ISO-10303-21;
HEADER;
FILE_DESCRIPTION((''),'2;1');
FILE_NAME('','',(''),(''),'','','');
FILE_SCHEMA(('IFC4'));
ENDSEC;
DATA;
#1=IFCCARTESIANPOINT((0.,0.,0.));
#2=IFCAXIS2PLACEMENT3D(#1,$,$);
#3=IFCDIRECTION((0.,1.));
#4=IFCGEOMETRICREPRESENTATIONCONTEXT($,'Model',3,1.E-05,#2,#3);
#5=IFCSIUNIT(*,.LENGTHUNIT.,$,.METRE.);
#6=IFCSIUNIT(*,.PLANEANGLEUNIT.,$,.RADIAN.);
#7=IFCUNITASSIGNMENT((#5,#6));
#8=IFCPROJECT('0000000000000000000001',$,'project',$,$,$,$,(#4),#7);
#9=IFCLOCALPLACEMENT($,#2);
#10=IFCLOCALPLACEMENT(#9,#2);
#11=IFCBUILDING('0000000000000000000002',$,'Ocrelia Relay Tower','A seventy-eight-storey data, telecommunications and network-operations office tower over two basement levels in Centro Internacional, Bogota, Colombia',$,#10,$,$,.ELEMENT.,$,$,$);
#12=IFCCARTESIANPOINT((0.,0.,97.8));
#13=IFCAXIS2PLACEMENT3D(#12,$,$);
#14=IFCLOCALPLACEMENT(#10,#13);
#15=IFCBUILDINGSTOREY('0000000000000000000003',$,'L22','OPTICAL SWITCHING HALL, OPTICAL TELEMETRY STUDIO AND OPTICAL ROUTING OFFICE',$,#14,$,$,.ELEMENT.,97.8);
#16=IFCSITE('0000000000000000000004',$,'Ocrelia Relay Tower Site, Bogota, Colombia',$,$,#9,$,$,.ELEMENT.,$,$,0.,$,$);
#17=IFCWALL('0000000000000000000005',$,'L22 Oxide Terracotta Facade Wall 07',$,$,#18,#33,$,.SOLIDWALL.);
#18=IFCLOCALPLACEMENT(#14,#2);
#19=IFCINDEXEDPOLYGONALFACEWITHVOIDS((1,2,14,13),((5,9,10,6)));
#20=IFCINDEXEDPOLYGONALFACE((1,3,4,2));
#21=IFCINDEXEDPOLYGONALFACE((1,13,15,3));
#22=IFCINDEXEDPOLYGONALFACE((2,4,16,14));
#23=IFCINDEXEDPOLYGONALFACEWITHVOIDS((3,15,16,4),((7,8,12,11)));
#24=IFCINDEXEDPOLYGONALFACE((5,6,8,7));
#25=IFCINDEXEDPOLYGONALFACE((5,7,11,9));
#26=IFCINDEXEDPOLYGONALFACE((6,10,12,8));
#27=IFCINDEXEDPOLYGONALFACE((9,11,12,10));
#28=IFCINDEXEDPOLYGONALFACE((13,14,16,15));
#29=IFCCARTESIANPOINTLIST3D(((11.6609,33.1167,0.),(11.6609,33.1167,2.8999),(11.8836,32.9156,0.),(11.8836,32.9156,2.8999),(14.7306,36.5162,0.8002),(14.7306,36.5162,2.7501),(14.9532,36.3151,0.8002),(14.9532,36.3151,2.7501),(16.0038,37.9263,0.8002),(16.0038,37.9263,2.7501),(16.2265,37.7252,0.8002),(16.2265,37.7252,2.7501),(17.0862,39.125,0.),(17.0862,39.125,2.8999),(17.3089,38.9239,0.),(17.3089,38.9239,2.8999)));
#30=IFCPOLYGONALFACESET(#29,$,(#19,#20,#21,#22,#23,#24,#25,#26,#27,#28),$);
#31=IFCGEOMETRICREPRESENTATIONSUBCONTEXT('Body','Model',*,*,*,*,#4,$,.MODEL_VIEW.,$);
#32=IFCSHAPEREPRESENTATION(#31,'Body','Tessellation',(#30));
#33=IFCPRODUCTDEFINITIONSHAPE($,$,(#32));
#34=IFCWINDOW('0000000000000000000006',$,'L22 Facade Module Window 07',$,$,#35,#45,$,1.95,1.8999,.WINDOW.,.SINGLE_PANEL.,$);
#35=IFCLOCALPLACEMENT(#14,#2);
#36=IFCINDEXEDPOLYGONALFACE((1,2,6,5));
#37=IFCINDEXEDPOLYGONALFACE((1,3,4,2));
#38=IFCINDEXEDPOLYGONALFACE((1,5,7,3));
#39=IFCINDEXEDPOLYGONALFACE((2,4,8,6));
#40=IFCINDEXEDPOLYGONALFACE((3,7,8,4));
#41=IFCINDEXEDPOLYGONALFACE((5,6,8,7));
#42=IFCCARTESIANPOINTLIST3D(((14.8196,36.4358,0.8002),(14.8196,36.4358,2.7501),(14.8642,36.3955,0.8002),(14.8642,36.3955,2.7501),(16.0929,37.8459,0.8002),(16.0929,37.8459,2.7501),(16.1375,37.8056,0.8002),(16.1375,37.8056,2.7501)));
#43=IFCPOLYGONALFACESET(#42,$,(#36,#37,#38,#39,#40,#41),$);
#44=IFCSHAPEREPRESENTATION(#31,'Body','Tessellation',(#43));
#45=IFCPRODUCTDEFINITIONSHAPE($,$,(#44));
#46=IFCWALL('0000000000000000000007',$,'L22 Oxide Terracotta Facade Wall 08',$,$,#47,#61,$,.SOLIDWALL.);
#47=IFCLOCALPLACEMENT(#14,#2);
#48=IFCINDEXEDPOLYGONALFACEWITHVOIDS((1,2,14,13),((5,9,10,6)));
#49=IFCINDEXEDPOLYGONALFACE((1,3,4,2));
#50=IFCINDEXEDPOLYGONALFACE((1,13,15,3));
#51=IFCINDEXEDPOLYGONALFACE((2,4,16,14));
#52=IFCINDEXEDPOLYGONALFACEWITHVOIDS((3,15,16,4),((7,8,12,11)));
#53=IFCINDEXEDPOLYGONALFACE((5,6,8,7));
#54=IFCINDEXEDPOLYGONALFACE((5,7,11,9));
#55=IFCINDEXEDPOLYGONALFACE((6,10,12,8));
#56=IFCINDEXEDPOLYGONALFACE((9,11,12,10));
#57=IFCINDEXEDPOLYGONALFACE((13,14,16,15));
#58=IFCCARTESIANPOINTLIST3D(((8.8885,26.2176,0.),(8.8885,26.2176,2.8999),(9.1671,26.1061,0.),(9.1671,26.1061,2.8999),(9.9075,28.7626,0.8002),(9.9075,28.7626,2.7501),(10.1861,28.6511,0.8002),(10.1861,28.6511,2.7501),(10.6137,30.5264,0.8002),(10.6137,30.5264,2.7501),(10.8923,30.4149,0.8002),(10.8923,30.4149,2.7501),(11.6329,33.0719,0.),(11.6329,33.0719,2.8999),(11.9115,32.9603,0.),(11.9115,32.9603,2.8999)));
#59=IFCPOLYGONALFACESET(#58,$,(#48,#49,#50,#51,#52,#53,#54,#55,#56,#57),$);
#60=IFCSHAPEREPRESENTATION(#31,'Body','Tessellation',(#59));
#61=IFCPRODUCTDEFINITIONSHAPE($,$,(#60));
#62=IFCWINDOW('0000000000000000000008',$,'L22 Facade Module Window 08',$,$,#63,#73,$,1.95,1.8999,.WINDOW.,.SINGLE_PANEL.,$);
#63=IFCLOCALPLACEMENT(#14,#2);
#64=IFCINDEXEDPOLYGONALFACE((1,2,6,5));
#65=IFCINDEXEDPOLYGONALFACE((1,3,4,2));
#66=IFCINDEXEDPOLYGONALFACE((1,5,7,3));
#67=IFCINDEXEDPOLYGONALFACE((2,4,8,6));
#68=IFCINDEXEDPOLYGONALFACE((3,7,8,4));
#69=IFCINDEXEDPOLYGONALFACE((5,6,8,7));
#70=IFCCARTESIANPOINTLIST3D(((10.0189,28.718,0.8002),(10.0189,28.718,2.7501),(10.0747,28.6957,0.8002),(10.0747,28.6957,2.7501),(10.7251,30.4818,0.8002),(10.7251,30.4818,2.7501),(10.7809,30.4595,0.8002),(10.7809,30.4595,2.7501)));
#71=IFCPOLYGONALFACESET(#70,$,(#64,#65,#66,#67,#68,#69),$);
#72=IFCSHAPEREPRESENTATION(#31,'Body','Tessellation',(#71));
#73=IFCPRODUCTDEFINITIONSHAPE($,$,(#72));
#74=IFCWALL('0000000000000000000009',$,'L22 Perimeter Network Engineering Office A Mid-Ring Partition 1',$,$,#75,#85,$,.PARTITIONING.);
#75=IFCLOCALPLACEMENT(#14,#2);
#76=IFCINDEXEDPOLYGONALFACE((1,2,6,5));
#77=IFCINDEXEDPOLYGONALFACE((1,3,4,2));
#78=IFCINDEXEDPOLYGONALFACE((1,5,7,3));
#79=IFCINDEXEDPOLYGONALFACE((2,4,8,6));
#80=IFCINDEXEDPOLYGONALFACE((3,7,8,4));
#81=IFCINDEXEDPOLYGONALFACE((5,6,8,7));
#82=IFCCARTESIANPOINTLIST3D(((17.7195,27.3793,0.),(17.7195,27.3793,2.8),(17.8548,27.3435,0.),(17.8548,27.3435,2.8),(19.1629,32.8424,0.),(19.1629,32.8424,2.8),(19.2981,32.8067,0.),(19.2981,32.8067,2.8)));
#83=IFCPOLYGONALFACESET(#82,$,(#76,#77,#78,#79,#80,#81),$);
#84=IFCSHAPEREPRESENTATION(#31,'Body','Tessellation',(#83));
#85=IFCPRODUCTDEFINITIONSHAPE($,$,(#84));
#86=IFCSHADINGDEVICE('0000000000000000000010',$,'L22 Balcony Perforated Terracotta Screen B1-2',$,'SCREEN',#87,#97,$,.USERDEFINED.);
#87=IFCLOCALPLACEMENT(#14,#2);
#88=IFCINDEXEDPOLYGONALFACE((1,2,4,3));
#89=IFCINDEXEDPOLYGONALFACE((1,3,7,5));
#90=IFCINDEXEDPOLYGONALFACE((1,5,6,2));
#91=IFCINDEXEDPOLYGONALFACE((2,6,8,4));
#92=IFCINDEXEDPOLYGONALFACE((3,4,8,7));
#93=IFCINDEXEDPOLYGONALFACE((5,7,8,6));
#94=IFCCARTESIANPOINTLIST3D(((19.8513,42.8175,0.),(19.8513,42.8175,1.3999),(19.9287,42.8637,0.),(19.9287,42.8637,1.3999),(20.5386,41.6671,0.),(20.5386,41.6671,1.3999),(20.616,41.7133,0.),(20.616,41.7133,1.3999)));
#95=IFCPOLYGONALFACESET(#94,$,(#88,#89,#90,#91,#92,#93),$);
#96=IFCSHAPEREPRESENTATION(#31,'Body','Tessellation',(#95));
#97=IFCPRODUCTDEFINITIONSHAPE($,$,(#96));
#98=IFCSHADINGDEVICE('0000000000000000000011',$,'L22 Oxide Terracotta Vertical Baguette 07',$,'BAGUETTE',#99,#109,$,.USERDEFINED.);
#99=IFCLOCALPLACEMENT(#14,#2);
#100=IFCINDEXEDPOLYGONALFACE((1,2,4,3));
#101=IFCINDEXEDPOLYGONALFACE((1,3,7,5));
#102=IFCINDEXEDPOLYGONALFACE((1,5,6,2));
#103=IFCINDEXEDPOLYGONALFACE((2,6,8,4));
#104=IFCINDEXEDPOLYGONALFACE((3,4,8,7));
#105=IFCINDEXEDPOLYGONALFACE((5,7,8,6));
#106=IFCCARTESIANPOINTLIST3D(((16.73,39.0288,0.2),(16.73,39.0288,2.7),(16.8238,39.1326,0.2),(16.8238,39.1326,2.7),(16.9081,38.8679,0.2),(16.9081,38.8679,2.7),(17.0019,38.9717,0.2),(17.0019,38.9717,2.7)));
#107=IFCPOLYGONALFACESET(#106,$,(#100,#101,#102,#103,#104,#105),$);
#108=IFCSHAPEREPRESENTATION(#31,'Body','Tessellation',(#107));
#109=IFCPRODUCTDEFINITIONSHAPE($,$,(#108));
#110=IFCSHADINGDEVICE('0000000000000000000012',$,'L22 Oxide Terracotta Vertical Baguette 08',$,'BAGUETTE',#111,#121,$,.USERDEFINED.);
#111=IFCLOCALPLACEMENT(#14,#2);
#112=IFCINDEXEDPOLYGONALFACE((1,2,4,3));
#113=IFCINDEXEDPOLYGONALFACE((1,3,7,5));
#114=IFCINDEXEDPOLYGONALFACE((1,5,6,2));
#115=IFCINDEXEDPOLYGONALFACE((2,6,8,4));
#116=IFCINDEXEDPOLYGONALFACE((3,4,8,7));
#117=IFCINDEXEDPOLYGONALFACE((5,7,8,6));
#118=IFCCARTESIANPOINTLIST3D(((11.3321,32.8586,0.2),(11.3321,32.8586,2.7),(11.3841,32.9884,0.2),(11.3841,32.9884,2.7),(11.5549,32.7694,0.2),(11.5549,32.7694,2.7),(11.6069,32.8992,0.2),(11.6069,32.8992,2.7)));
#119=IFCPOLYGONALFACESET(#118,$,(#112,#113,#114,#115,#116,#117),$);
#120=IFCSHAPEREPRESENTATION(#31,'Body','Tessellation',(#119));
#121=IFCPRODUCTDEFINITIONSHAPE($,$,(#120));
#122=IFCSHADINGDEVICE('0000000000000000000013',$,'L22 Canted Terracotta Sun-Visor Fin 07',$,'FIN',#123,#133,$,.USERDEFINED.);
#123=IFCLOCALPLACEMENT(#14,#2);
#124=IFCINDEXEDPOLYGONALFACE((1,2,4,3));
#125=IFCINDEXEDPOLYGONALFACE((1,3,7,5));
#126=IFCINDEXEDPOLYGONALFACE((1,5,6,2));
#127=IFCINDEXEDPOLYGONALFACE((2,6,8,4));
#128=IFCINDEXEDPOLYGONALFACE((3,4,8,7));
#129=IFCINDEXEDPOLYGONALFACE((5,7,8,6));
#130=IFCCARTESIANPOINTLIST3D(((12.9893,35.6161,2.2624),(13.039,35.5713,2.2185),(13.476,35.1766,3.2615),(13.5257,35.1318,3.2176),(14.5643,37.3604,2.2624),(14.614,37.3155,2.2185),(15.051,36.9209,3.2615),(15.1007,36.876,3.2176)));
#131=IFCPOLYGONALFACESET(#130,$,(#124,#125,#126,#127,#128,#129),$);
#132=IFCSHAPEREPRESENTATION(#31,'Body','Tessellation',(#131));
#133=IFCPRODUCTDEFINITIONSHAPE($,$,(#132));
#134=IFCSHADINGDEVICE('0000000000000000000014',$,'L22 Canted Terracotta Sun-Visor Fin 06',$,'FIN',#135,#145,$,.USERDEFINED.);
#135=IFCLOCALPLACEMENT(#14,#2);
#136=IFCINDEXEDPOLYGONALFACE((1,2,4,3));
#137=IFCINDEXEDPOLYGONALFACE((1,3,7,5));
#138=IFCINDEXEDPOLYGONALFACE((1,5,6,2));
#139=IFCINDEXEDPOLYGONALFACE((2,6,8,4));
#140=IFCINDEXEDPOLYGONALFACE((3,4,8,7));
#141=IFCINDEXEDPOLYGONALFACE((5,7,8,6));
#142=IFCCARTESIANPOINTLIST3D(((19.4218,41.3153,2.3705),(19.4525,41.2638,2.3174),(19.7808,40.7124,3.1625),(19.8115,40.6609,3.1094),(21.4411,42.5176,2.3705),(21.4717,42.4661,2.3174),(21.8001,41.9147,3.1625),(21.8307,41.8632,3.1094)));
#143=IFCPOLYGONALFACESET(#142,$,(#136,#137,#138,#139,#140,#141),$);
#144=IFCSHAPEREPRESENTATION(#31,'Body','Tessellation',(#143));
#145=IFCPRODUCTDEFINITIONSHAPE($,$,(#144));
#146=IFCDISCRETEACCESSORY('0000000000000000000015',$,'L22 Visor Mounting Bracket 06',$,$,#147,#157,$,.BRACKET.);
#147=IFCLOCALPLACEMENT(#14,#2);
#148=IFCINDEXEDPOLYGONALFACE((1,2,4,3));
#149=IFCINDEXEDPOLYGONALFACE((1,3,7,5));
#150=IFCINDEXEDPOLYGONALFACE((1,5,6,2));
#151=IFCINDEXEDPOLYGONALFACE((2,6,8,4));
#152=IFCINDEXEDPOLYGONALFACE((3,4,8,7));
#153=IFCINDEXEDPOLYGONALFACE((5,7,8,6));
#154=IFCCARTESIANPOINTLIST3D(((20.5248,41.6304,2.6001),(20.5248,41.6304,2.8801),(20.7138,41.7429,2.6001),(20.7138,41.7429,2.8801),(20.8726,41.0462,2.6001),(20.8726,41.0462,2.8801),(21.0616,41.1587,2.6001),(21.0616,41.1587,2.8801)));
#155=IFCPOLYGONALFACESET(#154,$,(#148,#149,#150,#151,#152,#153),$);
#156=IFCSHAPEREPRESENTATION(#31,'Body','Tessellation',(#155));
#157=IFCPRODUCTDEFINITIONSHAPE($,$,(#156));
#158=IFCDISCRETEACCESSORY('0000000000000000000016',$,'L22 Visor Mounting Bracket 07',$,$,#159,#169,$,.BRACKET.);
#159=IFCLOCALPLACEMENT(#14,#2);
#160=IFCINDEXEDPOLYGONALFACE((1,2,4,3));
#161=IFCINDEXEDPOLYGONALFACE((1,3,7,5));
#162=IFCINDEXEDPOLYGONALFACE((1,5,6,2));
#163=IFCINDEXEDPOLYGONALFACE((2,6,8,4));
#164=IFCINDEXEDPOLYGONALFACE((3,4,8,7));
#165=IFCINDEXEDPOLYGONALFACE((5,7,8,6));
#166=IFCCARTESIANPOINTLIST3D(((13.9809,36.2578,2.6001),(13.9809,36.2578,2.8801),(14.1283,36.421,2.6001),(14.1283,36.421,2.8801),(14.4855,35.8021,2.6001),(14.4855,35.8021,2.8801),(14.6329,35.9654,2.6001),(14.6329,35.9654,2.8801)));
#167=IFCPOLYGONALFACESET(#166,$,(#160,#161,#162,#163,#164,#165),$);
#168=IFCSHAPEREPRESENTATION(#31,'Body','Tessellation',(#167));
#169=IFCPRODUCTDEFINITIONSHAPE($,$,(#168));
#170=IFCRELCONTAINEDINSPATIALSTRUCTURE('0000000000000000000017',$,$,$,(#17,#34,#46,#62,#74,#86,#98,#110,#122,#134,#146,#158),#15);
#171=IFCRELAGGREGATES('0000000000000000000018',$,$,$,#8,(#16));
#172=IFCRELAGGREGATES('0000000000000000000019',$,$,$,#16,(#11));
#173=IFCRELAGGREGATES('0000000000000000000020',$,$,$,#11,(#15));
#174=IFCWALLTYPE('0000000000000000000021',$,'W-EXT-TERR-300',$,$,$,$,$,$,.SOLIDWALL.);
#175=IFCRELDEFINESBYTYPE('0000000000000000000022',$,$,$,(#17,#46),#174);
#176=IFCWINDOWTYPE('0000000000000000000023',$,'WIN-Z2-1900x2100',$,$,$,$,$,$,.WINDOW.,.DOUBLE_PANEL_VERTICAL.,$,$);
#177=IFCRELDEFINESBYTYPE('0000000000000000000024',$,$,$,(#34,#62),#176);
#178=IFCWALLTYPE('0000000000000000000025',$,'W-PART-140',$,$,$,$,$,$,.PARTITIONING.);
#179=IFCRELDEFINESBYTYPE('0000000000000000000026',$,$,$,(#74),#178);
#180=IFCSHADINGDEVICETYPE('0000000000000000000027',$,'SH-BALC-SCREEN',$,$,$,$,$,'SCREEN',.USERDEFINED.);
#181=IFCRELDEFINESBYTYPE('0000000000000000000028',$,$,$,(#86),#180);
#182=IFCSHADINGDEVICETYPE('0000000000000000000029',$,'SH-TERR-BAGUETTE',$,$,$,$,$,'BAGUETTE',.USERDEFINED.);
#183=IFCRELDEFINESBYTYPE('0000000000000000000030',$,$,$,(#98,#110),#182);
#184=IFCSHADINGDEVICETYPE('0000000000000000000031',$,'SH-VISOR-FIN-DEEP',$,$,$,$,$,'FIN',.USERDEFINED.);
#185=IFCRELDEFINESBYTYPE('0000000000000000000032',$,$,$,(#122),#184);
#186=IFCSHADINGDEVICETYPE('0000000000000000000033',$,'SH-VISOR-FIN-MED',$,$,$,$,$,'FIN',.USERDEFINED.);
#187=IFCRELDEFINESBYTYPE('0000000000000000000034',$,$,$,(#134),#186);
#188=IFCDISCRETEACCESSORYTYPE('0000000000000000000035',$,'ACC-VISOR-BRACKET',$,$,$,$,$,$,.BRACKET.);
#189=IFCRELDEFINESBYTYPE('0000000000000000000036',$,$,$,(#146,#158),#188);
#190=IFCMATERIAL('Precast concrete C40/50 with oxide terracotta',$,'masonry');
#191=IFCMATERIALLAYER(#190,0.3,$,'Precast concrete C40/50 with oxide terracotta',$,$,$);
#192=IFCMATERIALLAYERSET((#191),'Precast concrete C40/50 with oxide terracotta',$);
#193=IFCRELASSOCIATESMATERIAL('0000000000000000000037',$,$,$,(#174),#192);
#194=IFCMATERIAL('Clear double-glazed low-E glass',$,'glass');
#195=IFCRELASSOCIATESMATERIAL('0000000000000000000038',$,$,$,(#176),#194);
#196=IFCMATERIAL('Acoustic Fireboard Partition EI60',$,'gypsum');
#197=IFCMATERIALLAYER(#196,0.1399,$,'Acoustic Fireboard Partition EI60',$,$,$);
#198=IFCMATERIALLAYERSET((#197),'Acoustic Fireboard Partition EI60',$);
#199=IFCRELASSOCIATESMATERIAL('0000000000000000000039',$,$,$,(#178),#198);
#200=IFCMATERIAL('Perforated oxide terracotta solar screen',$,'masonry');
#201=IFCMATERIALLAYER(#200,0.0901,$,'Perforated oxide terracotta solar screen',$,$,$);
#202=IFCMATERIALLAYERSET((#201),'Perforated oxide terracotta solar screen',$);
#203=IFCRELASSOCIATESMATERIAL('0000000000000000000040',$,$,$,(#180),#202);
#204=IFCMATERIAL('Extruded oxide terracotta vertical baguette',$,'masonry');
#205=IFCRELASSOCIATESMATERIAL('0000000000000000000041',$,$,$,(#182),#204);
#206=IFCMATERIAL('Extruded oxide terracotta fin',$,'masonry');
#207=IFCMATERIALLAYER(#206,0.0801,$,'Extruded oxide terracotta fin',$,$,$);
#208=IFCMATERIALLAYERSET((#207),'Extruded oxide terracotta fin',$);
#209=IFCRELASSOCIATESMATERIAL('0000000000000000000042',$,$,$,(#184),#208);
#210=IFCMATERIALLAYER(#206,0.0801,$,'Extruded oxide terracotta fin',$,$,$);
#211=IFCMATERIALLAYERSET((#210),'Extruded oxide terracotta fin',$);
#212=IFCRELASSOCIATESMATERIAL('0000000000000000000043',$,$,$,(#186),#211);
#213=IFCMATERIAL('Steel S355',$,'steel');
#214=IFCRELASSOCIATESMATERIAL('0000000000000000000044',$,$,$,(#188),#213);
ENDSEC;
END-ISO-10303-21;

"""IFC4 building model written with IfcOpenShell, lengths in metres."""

from ifc_helpers import new_model, si_unit, direction, frame, frame_2d, origin, origin_2d, place, context, subcontext, project, spatial, rectangle, extrude, material, layer, layer_set, type_object, element, fill, save


model = new_model("IFC4")

# Units and contexts
model_context = context("Model", 3, precision=1e-05, world=origin(), true_north=direction((0.0, 1.0)))
body_context = subcontext(model_context, "Body", "Model", "MODEL_VIEW")
ifc_project = project(units=[si_unit("LENGTHUNIT", "METRE"), si_unit("PLANEANGLEUNIT", "RADIAN")], contexts=[model_context])

# Site, building, storey
site_placement = place(None, origin())
site = spatial("IfcSite", under=ifc_project, at=site_placement, Name="Ocrelia Relay Tower Site, Bogota, Colombia", CompositionType="ELEMENT", RefElevation=0.0)
building_placement = place(site_placement, origin())
building = spatial("IfcBuilding", under=site, at=building_placement, Name="Ocrelia Relay Tower", Description="A seventy-eight-storey data, telecommunications and network-operations office tower over two basement levels in Centro Internacional, Bogota, Colombia", CompositionType="ELEMENT")
storey_placement = place(building_placement, frame((0.0, 0.0, 97.8)))
storey = spatial("IfcBuildingStorey", under=building, at=storey_placement, Name="L22", Description="OPTICAL SWITCHING HALL, OPTICAL TELEMETRY STUDIO AND OPTICAL ROUTING OFFICE", CompositionType="ELEMENT", Elevation=97.8)

# Shared definitions
ifc_material_1 = material(Name="Steel S355", Category="steel")

# Walls, openings, windows
ifc_material_2 = material(Name="Precast concrete C40/50 with oxide terracotta", Category="masonry")
ifc_layer_1 = layer(ifc_material_2, 0.3, Name="Precast concrete C40/50 with oxide terracotta")
ifc_layer_set_1 = layer_set([ifc_layer_1], Name="Precast concrete C40/50 with oxide terracotta")
wall_type_1 = type_object("IfcWallType", Name="W-EXT-TERR-300", PredefinedType="SOLIDWALL", material=ifc_layer_set_1)
wall_1_placement = place(storey_placement, frame((17.1975, 39.0244, 0.0), z_axis=(0.0, 0.0, 1.0), x_axis=(-0.67018, -0.742198, 0.0)))
wall_1 = element("IfcWall", 1, at=wall_1_placement, inside=storey, type_object=wall_type_1, Name="L22 Oxide Terracotta Facade Wall 07", PredefinedType="SOLIDWALL", context=body_context, shape_type="SweptSolid", body=[
    extrude(rectangle(XDim=8.0952, YDim=0.3, at=frame_2d((4.0476, 0.0))), origin(), (0.0, 0.0, 1.0), 2.8999),
])
opening_1_placement = place(wall_1_placement, frame((1.615, 0.0, 0.8)))
opening_1 = element("IfcOpeningElement", 2, at=opening_1_placement, cuts=wall_1, PredefinedType="OPENING", context=body_context, shape_type="SweptSolid", body=[
    extrude(rectangle(XDim=1.8999, YDim=1.95, at=frame_2d((0.95, 0.9751))), frame((0.0, 0.1602, 0.0), z_axis=(0.0, -1.0, 0.0), x_axis=(1.0, 0.0, 0.0)), (0.0, 0.0, 1.0), 0.3201),
])
ifc_material_3 = material(Name="Clear double-glazed low-E glass", Category="glass")
window_type = type_object("IfcWindowType", Name="WIN-Z2-1900x2100", PartitioningType="DOUBLE_PANEL_VERTICAL", PredefinedType="WINDOW", material=ifc_material_3)
window_1_placement = place(opening_1_placement, origin())
window_1 = element("IfcWindow", 3, at=window_1_placement, inside=storey, type_object=window_type, Name="L22 Facade Module Window 07", OverallHeight=1.95, OverallWidth=1.8999, PartitioningType="SINGLE_PANEL", PredefinedType="WINDOW", context=body_context, shape_type="SweptSolid", body=[
    extrude(rectangle(XDim=1.8999, YDim=1.95, at=frame_2d((0.95, 0.9751))), frame((0.0, 0.03, 0.0), z_axis=(0.0, -1.0, 0.0), x_axis=(1.0, 0.0, 0.0)), (0.0, 0.0, 1.0), 0.0601),
])
fill(opening_1, window_1)
wall_2_placement = place(storey_placement, frame((11.7722, 33.0161, 0.0), z_axis=(0.0, 0.0, 1.0), x_axis=(-0.371704, -0.928351, 0.0)))
wall_2 = element("IfcWall", 4, at=wall_2_placement, inside=storey, type_object=wall_type_1, Name="L22 Oxide Terracotta Facade Wall 08", PredefinedType="SOLIDWALL", context=body_context, shape_type="SweptSolid", body=[
    extrude(rectangle(XDim=7.3833, YDim=0.3, at=frame_2d((3.6917, 0.0))), origin(), (0.0, 0.0, 1.0), 2.8999),
])
opening_2_placement = place(wall_2_placement, frame((2.7419, 0.0, 0.8)))
opening_2 = element("IfcOpeningElement", 5, at=opening_2_placement, cuts=wall_2, PredefinedType="OPENING", context=body_context, shape_type="SweptSolid", body=[
    extrude(rectangle(XDim=1.8999, YDim=1.95, at=frame_2d((0.95, 0.9751))), frame((0.0, 0.1602, 0.0), z_axis=(0.0, -1.0, 0.0), x_axis=(1.0, 0.0, 0.0)), (0.0, 0.0, 1.0), 0.3201),
])
window_2_placement = place(opening_2_placement, origin())
window_2 = element("IfcWindow", 6, at=window_2_placement, inside=storey, type_object=window_type, Name="L22 Facade Module Window 08", OverallHeight=1.95, OverallWidth=1.8999, PartitioningType="SINGLE_PANEL", PredefinedType="WINDOW", context=body_context, shape_type="SweptSolid", body=[
    extrude(rectangle(XDim=1.8999, YDim=1.95, at=frame_2d((0.95, 0.9751))), frame((0.0, 0.03, 0.0), z_axis=(0.0, -1.0, 0.0), x_axis=(1.0, 0.0, 0.0)), (0.0, 0.0, 1.0), 0.0601),
])
fill(opening_2, window_2)

# Wall
ifc_material_4 = material(Name="Acoustic Fireboard Partition EI60", Category="gypsum")
ifc_layer_2 = layer(ifc_material_4, 0.1399, Name="Acoustic Fireboard Partition EI60")
ifc_layer_set_2 = layer_set([ifc_layer_2], Name="Acoustic Fireboard Partition EI60")
wall_type_2 = type_object("IfcWallType", Name="W-PART-140", PredefinedType="PARTITIONING", material=ifc_layer_set_2)
wall_3_placement = place(storey_placement, frame((19.2305, 32.8245, 0.0), z_axis=(0.0, 0.0, 1.0), x_axis=(-0.255435, -0.966826, 0.0)))
element("IfcWall", 7, at=wall_3_placement, inside=storey, type_object=wall_type_2, Name="L22 Perimeter Network Engineering Office A Mid-Ring Partition 1", PredefinedType="PARTITIONING", context=body_context, shape_type="SweptSolid", body=[
    extrude(rectangle(XDim=5.6506, YDim=0.1399, at=frame_2d((2.8252, 0.0))), origin(), (0.0, 0.0, 1.0), 2.8),
])

# Shading devices
ifc_material_5 = material(Name="Perforated oxide terracotta solar screen", Category="masonry")
ifc_layer_3 = layer(ifc_material_5, 0.0901, Name="Perforated oxide terracotta solar screen")
ifc_layer_set_3 = layer_set([ifc_layer_3], Name="Perforated oxide terracotta solar screen")
shading_device_type_1 = type_object("IfcShadingDeviceType", Name="SH-BALC-SCREEN", ElementType="SCREEN", PredefinedType="USERDEFINED", material=ifc_layer_set_3)
shading_device_1_placement = place(storey_placement, frame((20.2336, 42.2654, 0.0), z_axis=(0.0, 0.0, 1.0), x_axis=(-0.51287, 0.858466, 0.0)))
element("IfcShadingDevice", 8, at=shading_device_1_placement, inside=storey, type_object=shading_device_type_1, Name="L22 Balcony Perforated Terracotta Screen B1-2", ObjectType="SCREEN", PredefinedType="USERDEFINED", context=body_context, shape_type="SweptSolid", body=[
    extrude(rectangle(XDim=1.3401, YDim=0.0901, at=origin_2d()), origin(), (0.0, 0.0, 1.0), 1.3999),
])
ifc_material_6 = material(Name="Extruded oxide terracotta vertical baguette", Category="masonry")
shading_device_type_2 = type_object("IfcShadingDeviceType", Name="SH-TERR-BAGUETTE", ElementType="BAGUETTE", PredefinedType="USERDEFINED", material=ifc_material_6)
for number, where, z_axis, x_axis, name in (
    (9, (16.866, 39.0002, 0.2), (0.0, 0.0, 1.0), (-0.670193, -0.742187, 0.0), "L22 Oxide Terracotta Vertical Baguette 07"),
    (10, (11.4695, 32.8789, 0.2), (0.0, 0.0, 1.0), (-0.371687, -0.928358, 0.0), "L22 Oxide Terracotta Vertical Baguette 08"),
):
    element("IfcShadingDevice", number, at=place(storey_placement, frame(where, z_axis=z_axis, x_axis=x_axis)), inside=storey, type_object=shading_device_type_2, Name=name, ObjectType="BAGUETTE", PredefinedType="USERDEFINED", context=body_context, shape_type="SweptSolid", body=[
        extrude(rectangle(XDim=0.1399, YDim=0.24, at=origin_2d()), origin(), (0.0, 0.0, 1.0), 2.5),
    ])
ifc_material_7 = material(Name="Extruded oxide terracotta fin", Category="masonry")
ifc_layer_4 = layer(ifc_material_7, 0.0801, Name="Extruded oxide terracotta fin")
ifc_layer_set_4 = layer_set([ifc_layer_4], Name="Extruded oxide terracotta fin")
shading_device_type_3 = type_object("IfcShadingDeviceType", Name="SH-VISOR-FIN-DEEP", ElementType="FIN", PredefinedType="USERDEFINED", material=ifc_layer_set_4)
shading_device_2_placement = place(storey_placement, frame((14.0698, 36.2236, 2.718), z_axis=(-0.620467, 0.560281, 0.548731), x_axis=(-0.670193, -0.742187, 0.0)))
element("IfcShadingDevice", 11, at=shading_device_2_placement, inside=storey, type_object=shading_device_type_3, Name="L22 Canted Terracotta Sun-Visor Fin 07", ObjectType="FIN", PredefinedType="USERDEFINED", context=body_context, shape_type="SweptSolid", body=[
    extrude(rectangle(XDim=2.3501, YDim=1.1951, at=origin_2d()), origin(), (0.0, 0.0, 1.0), 0.0801),
])
ifc_layer_5 = layer(ifc_material_7, 0.0801, Name="Extruded oxide terracotta fin")
ifc_layer_set_5 = layer_set([ifc_layer_5], Name="Extruded oxide terracotta fin")
shading_device_type_4 = type_object("IfcShadingDeviceType", Name="SH-VISOR-FIN-MED", ElementType="FIN", PredefinedType="USERDEFINED", material=ifc_layer_set_5)
shading_device_3_placement = place(storey_placement, frame((20.6416, 41.5635, 2.7134), z_axis=(-0.382934, 0.64312, 0.663143), x_axis=(-0.85922, -0.511607, 0.0)))
element("IfcShadingDevice", 12, at=shading_device_3_placement, inside=storey, type_object=shading_device_type_4, Name="L22 Canted Terracotta Sun-Visor Fin 06", ObjectType="FIN", PredefinedType="USERDEFINED", context=body_context, shape_type="SweptSolid", body=[
    extrude(rectangle(XDim=2.3501, YDim=1.0581, at=origin_2d()), origin(), (0.0, 0.0, 1.0), 0.0801),
])

# Discrete accessories
discrete_accessory_type = type_object("IfcDiscreteAccessoryType", Name="ACC-VISOR-BRACKET", PredefinedType="BRACKET", material=ifc_material_1)
for number, where, z_axis, x_axis, name in (
    (13, (20.7932, 41.3945, 2.6001), (0.0, 0.0, 1.0), (-0.85922, -0.511607, 0.0), "L22 Visor Mounting Bracket 06"),
    (14, (14.3069, 36.1116, 2.6001), (0.0, 0.0, 1.0), (-0.670193, -0.742187, 0.0), "L22 Visor Mounting Bracket 07"),
):
    element("IfcDiscreteAccessory", number, at=place(storey_placement, frame(where, z_axis=z_axis, x_axis=x_axis)), inside=storey, type_object=discrete_accessory_type, Name=name, PredefinedType="BRACKET", context=body_context, shape_type="SweptSolid", body=[
        extrude(rectangle(XDim=0.22, YDim=0.6799, at=origin_2d()), origin(), (0.0, 0.0, 1.0), 0.28),
    ])

save(model, "model.ifc")
